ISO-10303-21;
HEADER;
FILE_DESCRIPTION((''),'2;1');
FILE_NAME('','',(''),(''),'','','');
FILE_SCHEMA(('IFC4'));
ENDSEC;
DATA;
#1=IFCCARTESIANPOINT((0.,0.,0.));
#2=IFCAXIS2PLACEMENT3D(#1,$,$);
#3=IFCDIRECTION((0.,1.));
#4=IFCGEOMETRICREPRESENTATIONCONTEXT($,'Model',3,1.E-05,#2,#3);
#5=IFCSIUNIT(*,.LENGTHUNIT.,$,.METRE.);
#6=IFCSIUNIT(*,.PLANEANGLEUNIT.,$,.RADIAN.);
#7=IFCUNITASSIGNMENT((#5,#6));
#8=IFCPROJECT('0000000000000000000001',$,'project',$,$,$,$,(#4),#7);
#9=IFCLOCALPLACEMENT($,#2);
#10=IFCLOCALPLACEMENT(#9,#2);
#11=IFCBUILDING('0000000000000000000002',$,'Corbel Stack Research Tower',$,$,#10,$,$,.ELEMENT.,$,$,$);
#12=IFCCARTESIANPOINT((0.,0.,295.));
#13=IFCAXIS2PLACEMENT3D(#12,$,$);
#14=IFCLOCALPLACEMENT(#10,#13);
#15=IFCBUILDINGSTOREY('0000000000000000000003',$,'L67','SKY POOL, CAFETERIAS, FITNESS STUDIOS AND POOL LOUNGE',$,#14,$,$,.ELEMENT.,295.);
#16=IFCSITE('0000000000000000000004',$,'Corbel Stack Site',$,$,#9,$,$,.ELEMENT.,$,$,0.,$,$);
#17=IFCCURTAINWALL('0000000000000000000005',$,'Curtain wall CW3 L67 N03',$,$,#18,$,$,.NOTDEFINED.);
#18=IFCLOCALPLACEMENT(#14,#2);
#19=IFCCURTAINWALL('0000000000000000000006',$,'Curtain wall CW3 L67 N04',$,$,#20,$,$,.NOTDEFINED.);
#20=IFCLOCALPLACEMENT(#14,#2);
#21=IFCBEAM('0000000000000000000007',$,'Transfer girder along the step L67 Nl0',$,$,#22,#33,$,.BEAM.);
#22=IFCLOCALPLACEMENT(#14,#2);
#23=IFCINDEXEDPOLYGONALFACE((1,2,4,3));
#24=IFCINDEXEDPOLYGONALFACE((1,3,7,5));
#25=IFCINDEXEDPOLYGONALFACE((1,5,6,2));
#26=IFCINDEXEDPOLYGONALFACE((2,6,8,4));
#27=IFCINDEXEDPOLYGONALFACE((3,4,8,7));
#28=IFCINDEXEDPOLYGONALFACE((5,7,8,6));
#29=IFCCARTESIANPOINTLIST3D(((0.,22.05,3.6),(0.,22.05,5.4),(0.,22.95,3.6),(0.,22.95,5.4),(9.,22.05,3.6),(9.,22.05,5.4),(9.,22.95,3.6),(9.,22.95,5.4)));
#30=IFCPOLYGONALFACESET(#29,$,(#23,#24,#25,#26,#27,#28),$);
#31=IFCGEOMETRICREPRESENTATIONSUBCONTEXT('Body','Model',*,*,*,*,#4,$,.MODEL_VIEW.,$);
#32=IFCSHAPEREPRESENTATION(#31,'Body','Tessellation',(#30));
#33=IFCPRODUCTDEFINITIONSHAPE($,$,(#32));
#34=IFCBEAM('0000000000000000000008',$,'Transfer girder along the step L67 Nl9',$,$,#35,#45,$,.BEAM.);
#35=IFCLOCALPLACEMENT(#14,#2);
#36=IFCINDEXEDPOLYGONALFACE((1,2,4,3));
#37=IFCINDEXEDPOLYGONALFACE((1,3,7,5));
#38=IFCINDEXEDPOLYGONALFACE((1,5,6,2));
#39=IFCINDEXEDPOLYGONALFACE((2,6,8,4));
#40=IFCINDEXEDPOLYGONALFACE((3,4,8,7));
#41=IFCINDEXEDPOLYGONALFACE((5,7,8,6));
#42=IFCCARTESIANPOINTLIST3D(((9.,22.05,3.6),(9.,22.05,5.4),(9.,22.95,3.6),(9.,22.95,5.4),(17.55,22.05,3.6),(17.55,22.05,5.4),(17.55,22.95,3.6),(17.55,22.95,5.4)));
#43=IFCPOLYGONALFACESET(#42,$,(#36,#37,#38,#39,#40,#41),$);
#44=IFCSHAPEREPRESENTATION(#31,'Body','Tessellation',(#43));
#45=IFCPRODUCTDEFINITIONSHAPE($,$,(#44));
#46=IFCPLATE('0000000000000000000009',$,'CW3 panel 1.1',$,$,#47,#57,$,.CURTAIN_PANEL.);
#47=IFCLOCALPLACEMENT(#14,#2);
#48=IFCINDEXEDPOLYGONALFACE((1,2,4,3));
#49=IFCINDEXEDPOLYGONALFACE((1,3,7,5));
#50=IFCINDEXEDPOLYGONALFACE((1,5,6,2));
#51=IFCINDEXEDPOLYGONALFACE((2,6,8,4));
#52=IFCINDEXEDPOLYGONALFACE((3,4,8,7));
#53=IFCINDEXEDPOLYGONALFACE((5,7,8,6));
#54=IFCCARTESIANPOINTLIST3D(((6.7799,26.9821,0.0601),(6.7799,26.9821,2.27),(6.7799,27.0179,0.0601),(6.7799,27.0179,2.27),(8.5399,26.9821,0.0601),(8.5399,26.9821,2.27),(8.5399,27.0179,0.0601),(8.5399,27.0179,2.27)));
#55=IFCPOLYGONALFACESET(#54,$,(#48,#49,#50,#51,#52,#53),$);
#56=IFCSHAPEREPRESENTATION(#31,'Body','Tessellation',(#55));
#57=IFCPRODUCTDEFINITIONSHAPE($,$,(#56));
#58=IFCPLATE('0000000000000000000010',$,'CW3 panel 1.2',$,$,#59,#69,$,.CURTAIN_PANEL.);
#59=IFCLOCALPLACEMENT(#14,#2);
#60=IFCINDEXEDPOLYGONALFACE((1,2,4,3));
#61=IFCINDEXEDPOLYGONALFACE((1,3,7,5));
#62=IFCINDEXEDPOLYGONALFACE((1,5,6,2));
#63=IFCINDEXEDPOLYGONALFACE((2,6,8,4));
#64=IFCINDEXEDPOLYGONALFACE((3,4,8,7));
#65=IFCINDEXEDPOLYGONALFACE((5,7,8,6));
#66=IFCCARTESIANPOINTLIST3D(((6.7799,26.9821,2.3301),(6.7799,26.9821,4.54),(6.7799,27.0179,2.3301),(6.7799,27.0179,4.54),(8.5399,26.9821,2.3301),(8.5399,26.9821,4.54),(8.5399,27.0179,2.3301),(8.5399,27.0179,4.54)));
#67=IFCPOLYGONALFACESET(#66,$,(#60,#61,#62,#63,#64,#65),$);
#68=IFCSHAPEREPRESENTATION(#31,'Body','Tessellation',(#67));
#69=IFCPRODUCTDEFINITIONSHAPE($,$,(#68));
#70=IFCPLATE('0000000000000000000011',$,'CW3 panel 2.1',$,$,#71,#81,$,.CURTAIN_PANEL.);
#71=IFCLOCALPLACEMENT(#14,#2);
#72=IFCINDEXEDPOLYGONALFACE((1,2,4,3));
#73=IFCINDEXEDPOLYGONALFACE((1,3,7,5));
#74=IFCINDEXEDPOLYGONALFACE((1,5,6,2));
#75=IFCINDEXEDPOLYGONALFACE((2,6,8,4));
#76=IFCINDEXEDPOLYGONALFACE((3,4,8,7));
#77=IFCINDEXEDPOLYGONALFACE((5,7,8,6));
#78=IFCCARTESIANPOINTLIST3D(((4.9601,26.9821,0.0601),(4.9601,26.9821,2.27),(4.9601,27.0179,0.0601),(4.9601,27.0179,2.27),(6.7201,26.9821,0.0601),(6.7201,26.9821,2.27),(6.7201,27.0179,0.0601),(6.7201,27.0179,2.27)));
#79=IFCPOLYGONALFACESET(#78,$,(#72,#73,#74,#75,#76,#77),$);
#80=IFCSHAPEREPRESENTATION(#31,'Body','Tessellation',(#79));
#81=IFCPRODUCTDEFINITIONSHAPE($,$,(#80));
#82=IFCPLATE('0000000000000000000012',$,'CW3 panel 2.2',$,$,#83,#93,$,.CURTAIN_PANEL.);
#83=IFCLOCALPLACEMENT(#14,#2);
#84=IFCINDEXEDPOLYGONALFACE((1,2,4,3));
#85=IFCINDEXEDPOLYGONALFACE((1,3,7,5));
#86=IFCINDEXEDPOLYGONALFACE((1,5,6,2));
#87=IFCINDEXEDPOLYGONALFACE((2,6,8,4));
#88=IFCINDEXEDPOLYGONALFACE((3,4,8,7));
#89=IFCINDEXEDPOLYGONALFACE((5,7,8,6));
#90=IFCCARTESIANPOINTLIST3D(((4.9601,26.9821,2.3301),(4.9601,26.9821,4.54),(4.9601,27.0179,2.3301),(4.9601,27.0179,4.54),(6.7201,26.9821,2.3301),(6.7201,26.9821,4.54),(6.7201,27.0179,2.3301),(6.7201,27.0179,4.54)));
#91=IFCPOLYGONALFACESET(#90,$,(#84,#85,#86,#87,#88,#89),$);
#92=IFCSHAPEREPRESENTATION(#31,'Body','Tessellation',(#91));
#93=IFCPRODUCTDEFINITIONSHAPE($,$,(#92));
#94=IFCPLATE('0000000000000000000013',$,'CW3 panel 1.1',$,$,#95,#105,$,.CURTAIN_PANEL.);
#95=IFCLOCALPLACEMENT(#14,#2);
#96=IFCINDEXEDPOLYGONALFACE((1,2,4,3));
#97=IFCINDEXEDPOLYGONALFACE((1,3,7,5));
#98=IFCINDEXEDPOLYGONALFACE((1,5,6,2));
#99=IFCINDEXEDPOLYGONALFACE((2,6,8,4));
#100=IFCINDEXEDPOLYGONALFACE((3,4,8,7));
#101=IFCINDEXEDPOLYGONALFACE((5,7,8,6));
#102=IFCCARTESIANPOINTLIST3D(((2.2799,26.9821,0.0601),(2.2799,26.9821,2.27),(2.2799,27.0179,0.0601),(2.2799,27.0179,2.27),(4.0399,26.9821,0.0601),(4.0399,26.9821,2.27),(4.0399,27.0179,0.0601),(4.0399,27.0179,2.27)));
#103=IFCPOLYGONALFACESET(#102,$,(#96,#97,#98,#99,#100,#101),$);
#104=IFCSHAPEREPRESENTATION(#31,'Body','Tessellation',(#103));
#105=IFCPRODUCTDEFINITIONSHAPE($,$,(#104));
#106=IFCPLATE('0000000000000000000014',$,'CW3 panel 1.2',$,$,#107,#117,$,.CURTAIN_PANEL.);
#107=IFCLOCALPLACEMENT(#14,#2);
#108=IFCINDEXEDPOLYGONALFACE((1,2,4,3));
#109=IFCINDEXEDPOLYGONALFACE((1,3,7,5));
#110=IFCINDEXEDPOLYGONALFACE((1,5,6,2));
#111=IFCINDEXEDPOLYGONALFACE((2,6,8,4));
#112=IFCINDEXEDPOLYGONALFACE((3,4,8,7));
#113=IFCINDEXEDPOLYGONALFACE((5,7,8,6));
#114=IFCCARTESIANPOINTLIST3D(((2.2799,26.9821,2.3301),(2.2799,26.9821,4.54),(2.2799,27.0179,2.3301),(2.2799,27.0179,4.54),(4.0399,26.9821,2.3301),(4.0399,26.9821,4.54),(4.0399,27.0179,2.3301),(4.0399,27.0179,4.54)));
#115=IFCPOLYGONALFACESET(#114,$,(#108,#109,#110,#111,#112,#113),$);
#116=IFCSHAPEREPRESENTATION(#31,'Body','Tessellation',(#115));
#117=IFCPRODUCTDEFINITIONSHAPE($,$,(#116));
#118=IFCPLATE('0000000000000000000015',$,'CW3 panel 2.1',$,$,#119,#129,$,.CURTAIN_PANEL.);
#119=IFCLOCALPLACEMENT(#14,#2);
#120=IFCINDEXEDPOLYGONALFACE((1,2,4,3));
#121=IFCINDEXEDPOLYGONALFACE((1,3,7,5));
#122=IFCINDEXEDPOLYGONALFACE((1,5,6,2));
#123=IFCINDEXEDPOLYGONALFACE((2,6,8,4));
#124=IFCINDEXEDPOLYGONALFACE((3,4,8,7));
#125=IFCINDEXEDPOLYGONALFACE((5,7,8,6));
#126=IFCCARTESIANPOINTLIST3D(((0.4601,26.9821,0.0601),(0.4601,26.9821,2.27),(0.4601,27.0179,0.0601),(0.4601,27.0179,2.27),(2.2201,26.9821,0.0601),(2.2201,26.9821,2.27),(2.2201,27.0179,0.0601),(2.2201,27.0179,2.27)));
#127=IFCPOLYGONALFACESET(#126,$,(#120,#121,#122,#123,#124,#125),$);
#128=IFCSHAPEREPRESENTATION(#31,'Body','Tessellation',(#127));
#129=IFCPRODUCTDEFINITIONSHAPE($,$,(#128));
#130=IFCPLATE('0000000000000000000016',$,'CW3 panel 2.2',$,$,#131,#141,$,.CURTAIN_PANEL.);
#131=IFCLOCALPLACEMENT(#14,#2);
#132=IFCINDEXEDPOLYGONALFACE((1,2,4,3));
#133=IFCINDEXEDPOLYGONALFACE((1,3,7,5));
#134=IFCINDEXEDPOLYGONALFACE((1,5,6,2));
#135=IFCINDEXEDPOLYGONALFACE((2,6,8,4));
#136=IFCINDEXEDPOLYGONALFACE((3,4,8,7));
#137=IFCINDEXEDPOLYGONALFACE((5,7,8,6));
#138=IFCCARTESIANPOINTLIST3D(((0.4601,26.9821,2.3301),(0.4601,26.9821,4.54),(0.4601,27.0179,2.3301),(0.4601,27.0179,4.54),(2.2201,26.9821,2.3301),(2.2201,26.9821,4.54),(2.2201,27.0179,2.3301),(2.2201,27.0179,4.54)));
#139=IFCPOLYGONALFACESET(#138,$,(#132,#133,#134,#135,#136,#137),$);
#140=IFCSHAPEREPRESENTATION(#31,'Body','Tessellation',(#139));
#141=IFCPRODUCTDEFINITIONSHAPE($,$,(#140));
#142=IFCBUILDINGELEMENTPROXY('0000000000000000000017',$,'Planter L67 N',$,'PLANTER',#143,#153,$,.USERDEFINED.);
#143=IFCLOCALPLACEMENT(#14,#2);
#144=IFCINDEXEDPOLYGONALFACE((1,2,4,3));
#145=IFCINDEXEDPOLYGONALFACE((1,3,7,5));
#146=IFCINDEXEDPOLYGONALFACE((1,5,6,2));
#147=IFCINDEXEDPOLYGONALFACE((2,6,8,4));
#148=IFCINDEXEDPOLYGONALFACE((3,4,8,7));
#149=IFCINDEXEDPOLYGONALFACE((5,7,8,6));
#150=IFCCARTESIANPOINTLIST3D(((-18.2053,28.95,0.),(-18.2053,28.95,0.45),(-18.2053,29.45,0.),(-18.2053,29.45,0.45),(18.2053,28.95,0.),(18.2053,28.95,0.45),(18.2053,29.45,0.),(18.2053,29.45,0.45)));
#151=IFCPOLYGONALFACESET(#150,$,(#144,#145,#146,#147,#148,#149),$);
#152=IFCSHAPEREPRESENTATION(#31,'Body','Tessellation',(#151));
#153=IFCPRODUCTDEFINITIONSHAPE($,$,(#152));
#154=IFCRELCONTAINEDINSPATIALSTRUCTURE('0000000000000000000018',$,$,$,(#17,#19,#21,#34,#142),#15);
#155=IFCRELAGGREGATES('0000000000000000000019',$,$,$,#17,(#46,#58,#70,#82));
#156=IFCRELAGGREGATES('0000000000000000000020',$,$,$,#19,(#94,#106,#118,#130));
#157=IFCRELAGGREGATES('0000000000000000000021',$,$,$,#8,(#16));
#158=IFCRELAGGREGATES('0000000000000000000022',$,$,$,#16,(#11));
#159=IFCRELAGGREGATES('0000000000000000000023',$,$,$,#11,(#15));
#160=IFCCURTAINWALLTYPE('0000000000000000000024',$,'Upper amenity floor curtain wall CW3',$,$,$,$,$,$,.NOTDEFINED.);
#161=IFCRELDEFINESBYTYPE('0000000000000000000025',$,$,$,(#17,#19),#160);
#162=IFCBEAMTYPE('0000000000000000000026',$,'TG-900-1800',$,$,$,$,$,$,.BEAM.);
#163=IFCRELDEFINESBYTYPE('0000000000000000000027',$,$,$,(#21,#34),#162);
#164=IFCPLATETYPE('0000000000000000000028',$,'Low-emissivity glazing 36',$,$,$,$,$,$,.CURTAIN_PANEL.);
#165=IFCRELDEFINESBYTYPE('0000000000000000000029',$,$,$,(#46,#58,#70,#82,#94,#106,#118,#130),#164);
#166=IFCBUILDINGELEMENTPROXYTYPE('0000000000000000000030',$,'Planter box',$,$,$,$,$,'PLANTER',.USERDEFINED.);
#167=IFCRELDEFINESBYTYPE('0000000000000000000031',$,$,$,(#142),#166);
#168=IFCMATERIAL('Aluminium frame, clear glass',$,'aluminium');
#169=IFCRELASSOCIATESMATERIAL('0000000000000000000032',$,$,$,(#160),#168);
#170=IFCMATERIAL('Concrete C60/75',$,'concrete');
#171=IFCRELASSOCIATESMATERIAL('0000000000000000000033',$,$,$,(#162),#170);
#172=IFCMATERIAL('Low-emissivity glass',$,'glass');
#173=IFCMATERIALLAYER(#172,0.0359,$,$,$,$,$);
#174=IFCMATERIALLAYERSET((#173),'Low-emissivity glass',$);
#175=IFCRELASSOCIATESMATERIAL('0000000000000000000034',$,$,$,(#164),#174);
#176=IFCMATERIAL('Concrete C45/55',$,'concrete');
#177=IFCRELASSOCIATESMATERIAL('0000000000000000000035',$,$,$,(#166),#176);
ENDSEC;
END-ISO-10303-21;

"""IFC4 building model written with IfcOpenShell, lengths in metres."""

from ifc_helpers import new_model, si_unit, direction, frame, origin, origin_2d, place, context, subcontext, project, spatial, rectangle, extrude, material, layer, layer_set, material_profile, profile_set, type_object, element, aggregate, save


model = new_model("IFC4")

# Units and contexts
model_context = context("Model", 3, precision=1e-05, world=origin(), true_north=direction((0.0, 1.0)))
body_context = subcontext(model_context, "Body", "Model", "MODEL_VIEW")
ifc_project = project(units=[si_unit("LENGTHUNIT", "METRE"), si_unit("PLANEANGLEUNIT", "RADIAN")], contexts=[model_context])

# Site, building, storey
site_placement = place(None, origin())
site = spatial("IfcSite", under=ifc_project, at=site_placement, Name="Corbel Stack Site", CompositionType="ELEMENT", RefElevation=0.0)
building_placement = place(site_placement, origin())
building = spatial("IfcBuilding", under=site, at=building_placement, Name="Corbel Stack Research Tower", CompositionType="ELEMENT")
storey_placement = place(building_placement, frame((0.0, 0.0, 295.0)))
storey = spatial("IfcBuildingStorey", under=building, at=storey_placement, Name="L67", Description="SKY POOL, CAFETERIAS, FITNESS STUDIOS AND POOL LOUNGE", CompositionType="ELEMENT", Elevation=295.0)

# Curtain walls
ifc_material_1 = material(Name="Aluminium frame, clear glass", Category="aluminium")
curtain_wall_type = type_object("IfcCurtainWallType", Name="Upper amenity floor curtain wall CW3", PredefinedType="NOTDEFINED", material=ifc_material_1)
curtain_wall_1_placement = place(storey_placement, origin())
curtain_wall_1 = element("IfcCurtainWall", 1, at=curtain_wall_1_placement, inside=storey, type_object=curtain_wall_type, Name="Curtain wall CW3 L67 N03", PredefinedType="NOTDEFINED")
curtain_wall_2_placement = place(storey_placement, origin())
curtain_wall_2 = element("IfcCurtainWall", 2, at=curtain_wall_2_placement, inside=storey, type_object=curtain_wall_type, Name="Curtain wall CW3 L67 N04", PredefinedType="NOTDEFINED")

# Beams
ifc_material_2 = material(Name="Concrete C60/75", Category="concrete")
ifc_material_profile_1 = material_profile(ifc_material_2, rectangle(XDim=0.8999, YDim=1.8, at=origin_2d()), Name="RC 900 x 1800")
ifc_profile_set_1 = profile_set([ifc_material_profile_1], Name="Concrete C60/75")
beam_type_1 = type_object("IfcBeamType", Name="TG-900-1800", PredefinedType="BEAM", material=ifc_profile_set_1)
beam_1_placement = place(storey_placement, frame((0.0, 22.5, 4.5), z_axis=(1.0, 0.0, 0.0), x_axis=(0.0, 1.0, 0.0)))
element("IfcBeam", 3, at=beam_1_placement, inside=storey, type_object=beam_type_1, Name="Transfer girder along the step L67 Nl0", PredefinedType="BEAM", context=body_context, shape_type="SweptSolid", body=[
    extrude(rectangle(XDim=0.8999, YDim=1.8, at=origin_2d()), origin(), (0.0, 0.0, 1.0), 9.0),
])
beam_2_placement = place(storey_placement, frame((9.0, 22.5, 4.5), z_axis=(1.0, 0.0, 0.0), x_axis=(0.0, 1.0, 0.0)))
element("IfcBeam", 4, at=beam_2_placement, inside=storey, type_object=beam_type_1, Name="Transfer girder along the step L67 Nl9", PredefinedType="BEAM", context=body_context, shape_type="SweptSolid", body=[
    extrude(rectangle(XDim=0.8999, YDim=1.8, at=origin_2d()), origin(), (0.0, 0.0, 1.0), 8.55),
])

# Plates
ifc_material_3 = material(Name="Low-emissivity glass", Category="glass")
ifc_layer = layer(ifc_material_3, 0.0359)
ifc_layer_set = layer_set([ifc_layer], Name="Low-emissivity glass")
plate_type = type_object("IfcPlateType", Name="Low-emissivity glazing 36", PredefinedType="CURTAIN_PANEL", material=ifc_layer_set)
plate_1_placement = place(storey_placement, frame((7.6599, 27.0, 0.0601), z_axis=(0.0, 0.0, 1.0), x_axis=(-1.0, 0.0, 0.0)))
plate_1 = element("IfcPlate", 5, at=plate_1_placement, type_object=plate_type, Name="CW3 panel 1.1", PredefinedType="CURTAIN_PANEL", context=body_context, shape_type="SweptSolid", body=[
    extrude(rectangle(XDim=1.76, YDim=0.0359, at=origin_2d()), origin(), (0.0, 0.0, 1.0), 2.21),
])
plate_2_placement = place(storey_placement, frame((7.6599, 27.0, 2.3301), z_axis=(0.0, 0.0, 1.0), x_axis=(-1.0, 0.0, 0.0)))
plate_2 = element("IfcPlate", 6, at=plate_2_placement, type_object=plate_type, Name="CW3 panel 1.2", PredefinedType="CURTAIN_PANEL", context=body_context, shape_type="SweptSolid", body=[
    extrude(rectangle(XDim=1.76, YDim=0.0359, at=origin_2d()), origin(), (0.0, 0.0, 1.0), 2.21),
])
plate_3_placement = place(storey_placement, frame((5.8401, 27.0, 0.0601), z_axis=(0.0, 0.0, 1.0), x_axis=(-1.0, 0.0, 0.0)))
plate_3 = element("IfcPlate", 7, at=plate_3_placement, type_object=plate_type, Name="CW3 panel 2.1", PredefinedType="CURTAIN_PANEL", context=body_context, shape_type="SweptSolid", body=[
    extrude(rectangle(XDim=1.76, YDim=0.0359, at=origin_2d()), origin(), (0.0, 0.0, 1.0), 2.21),
])
plate_4_placement = place(storey_placement, frame((5.8401, 27.0, 2.3301), z_axis=(0.0, 0.0, 1.0), x_axis=(-1.0, 0.0, 0.0)))
plate_4 = element("IfcPlate", 8, at=plate_4_placement, type_object=plate_type, Name="CW3 panel 2.2", PredefinedType="CURTAIN_PANEL", context=body_context, shape_type="SweptSolid", body=[
    extrude(rectangle(XDim=1.76, YDim=0.0359, at=origin_2d()), origin(), (0.0, 0.0, 1.0), 2.21),
])
aggregate(curtain_wall_1, [plate_1, plate_2, plate_3, plate_4])
plate_5_placement = place(storey_placement, frame((3.1599, 27.0, 0.0601), z_axis=(0.0, 0.0, 1.0), x_axis=(-1.0, 0.0, 0.0)))
plate_5 = element("IfcPlate", 9, at=plate_5_placement, type_object=plate_type, Name="CW3 panel 1.1", PredefinedType="CURTAIN_PANEL", context=body_context, shape_type="SweptSolid", body=[
    extrude(rectangle(XDim=1.76, YDim=0.0359, at=origin_2d()), origin(), (0.0, 0.0, 1.0), 2.21),
])
plate_6_placement = place(storey_placement, frame((3.1599, 27.0, 2.3301), z_axis=(0.0, 0.0, 1.0), x_axis=(-1.0, 0.0, 0.0)))
plate_6 = element("IfcPlate", 10, at=plate_6_placement, type_object=plate_type, Name="CW3 panel 1.2", PredefinedType="CURTAIN_PANEL", context=body_context, shape_type="SweptSolid", body=[
    extrude(rectangle(XDim=1.76, YDim=0.0359, at=origin_2d()), origin(), (0.0, 0.0, 1.0), 2.21),
])
plate_7_placement = place(storey_placement, frame((1.3401, 27.0, 0.0601), z_axis=(0.0, 0.0, 1.0), x_axis=(-1.0, 0.0, 0.0)))
plate_7 = element("IfcPlate", 11, at=plate_7_placement, type_object=plate_type, Name="CW3 panel 2.1", PredefinedType="CURTAIN_PANEL", context=body_context, shape_type="SweptSolid", body=[
    extrude(rectangle(XDim=1.76, YDim=0.0359, at=origin_2d()), origin(), (0.0, 0.0, 1.0), 2.21),
])
plate_8_placement = place(storey_placement, frame((1.3401, 27.0, 2.3301), z_axis=(0.0, 0.0, 1.0), x_axis=(-1.0, 0.0, 0.0)))
plate_8 = element("IfcPlate", 12, at=plate_8_placement, type_object=plate_type, Name="CW3 panel 2.2", PredefinedType="CURTAIN_PANEL", context=body_context, shape_type="SweptSolid", body=[
    extrude(rectangle(XDim=1.76, YDim=0.0359, at=origin_2d()), origin(), (0.0, 0.0, 1.0), 2.21),
])
aggregate(curtain_wall_2, [plate_5, plate_6, plate_7, plate_8])

# Building element proxy
ifc_material_4 = material(Name="Concrete C45/55", Category="concrete")
building_element_proxy_type = type_object("IfcBuildingElementProxyType", Name="Planter box", ElementType="PLANTER", PredefinedType="USERDEFINED", material=ifc_material_4)
proxy_placement = place(storey_placement, frame((0.0, 29.2, 0.0), z_axis=(0.0, 0.0, 1.0), x_axis=(-1.0, 0.0, 0.0)))
element("IfcBuildingElementProxy", 13, at=proxy_placement, inside=storey, type_object=building_element_proxy_type, Name="Planter L67 N", ObjectType="PLANTER", PredefinedType="USERDEFINED", context=body_context, shape_type="SweptSolid", body=[
    extrude(rectangle(XDim=36.4106, YDim=0.5, at=origin_2d()), origin(), (0.0, 0.0, 1.0), 0.45),
])

save(model, "model.ifc")
